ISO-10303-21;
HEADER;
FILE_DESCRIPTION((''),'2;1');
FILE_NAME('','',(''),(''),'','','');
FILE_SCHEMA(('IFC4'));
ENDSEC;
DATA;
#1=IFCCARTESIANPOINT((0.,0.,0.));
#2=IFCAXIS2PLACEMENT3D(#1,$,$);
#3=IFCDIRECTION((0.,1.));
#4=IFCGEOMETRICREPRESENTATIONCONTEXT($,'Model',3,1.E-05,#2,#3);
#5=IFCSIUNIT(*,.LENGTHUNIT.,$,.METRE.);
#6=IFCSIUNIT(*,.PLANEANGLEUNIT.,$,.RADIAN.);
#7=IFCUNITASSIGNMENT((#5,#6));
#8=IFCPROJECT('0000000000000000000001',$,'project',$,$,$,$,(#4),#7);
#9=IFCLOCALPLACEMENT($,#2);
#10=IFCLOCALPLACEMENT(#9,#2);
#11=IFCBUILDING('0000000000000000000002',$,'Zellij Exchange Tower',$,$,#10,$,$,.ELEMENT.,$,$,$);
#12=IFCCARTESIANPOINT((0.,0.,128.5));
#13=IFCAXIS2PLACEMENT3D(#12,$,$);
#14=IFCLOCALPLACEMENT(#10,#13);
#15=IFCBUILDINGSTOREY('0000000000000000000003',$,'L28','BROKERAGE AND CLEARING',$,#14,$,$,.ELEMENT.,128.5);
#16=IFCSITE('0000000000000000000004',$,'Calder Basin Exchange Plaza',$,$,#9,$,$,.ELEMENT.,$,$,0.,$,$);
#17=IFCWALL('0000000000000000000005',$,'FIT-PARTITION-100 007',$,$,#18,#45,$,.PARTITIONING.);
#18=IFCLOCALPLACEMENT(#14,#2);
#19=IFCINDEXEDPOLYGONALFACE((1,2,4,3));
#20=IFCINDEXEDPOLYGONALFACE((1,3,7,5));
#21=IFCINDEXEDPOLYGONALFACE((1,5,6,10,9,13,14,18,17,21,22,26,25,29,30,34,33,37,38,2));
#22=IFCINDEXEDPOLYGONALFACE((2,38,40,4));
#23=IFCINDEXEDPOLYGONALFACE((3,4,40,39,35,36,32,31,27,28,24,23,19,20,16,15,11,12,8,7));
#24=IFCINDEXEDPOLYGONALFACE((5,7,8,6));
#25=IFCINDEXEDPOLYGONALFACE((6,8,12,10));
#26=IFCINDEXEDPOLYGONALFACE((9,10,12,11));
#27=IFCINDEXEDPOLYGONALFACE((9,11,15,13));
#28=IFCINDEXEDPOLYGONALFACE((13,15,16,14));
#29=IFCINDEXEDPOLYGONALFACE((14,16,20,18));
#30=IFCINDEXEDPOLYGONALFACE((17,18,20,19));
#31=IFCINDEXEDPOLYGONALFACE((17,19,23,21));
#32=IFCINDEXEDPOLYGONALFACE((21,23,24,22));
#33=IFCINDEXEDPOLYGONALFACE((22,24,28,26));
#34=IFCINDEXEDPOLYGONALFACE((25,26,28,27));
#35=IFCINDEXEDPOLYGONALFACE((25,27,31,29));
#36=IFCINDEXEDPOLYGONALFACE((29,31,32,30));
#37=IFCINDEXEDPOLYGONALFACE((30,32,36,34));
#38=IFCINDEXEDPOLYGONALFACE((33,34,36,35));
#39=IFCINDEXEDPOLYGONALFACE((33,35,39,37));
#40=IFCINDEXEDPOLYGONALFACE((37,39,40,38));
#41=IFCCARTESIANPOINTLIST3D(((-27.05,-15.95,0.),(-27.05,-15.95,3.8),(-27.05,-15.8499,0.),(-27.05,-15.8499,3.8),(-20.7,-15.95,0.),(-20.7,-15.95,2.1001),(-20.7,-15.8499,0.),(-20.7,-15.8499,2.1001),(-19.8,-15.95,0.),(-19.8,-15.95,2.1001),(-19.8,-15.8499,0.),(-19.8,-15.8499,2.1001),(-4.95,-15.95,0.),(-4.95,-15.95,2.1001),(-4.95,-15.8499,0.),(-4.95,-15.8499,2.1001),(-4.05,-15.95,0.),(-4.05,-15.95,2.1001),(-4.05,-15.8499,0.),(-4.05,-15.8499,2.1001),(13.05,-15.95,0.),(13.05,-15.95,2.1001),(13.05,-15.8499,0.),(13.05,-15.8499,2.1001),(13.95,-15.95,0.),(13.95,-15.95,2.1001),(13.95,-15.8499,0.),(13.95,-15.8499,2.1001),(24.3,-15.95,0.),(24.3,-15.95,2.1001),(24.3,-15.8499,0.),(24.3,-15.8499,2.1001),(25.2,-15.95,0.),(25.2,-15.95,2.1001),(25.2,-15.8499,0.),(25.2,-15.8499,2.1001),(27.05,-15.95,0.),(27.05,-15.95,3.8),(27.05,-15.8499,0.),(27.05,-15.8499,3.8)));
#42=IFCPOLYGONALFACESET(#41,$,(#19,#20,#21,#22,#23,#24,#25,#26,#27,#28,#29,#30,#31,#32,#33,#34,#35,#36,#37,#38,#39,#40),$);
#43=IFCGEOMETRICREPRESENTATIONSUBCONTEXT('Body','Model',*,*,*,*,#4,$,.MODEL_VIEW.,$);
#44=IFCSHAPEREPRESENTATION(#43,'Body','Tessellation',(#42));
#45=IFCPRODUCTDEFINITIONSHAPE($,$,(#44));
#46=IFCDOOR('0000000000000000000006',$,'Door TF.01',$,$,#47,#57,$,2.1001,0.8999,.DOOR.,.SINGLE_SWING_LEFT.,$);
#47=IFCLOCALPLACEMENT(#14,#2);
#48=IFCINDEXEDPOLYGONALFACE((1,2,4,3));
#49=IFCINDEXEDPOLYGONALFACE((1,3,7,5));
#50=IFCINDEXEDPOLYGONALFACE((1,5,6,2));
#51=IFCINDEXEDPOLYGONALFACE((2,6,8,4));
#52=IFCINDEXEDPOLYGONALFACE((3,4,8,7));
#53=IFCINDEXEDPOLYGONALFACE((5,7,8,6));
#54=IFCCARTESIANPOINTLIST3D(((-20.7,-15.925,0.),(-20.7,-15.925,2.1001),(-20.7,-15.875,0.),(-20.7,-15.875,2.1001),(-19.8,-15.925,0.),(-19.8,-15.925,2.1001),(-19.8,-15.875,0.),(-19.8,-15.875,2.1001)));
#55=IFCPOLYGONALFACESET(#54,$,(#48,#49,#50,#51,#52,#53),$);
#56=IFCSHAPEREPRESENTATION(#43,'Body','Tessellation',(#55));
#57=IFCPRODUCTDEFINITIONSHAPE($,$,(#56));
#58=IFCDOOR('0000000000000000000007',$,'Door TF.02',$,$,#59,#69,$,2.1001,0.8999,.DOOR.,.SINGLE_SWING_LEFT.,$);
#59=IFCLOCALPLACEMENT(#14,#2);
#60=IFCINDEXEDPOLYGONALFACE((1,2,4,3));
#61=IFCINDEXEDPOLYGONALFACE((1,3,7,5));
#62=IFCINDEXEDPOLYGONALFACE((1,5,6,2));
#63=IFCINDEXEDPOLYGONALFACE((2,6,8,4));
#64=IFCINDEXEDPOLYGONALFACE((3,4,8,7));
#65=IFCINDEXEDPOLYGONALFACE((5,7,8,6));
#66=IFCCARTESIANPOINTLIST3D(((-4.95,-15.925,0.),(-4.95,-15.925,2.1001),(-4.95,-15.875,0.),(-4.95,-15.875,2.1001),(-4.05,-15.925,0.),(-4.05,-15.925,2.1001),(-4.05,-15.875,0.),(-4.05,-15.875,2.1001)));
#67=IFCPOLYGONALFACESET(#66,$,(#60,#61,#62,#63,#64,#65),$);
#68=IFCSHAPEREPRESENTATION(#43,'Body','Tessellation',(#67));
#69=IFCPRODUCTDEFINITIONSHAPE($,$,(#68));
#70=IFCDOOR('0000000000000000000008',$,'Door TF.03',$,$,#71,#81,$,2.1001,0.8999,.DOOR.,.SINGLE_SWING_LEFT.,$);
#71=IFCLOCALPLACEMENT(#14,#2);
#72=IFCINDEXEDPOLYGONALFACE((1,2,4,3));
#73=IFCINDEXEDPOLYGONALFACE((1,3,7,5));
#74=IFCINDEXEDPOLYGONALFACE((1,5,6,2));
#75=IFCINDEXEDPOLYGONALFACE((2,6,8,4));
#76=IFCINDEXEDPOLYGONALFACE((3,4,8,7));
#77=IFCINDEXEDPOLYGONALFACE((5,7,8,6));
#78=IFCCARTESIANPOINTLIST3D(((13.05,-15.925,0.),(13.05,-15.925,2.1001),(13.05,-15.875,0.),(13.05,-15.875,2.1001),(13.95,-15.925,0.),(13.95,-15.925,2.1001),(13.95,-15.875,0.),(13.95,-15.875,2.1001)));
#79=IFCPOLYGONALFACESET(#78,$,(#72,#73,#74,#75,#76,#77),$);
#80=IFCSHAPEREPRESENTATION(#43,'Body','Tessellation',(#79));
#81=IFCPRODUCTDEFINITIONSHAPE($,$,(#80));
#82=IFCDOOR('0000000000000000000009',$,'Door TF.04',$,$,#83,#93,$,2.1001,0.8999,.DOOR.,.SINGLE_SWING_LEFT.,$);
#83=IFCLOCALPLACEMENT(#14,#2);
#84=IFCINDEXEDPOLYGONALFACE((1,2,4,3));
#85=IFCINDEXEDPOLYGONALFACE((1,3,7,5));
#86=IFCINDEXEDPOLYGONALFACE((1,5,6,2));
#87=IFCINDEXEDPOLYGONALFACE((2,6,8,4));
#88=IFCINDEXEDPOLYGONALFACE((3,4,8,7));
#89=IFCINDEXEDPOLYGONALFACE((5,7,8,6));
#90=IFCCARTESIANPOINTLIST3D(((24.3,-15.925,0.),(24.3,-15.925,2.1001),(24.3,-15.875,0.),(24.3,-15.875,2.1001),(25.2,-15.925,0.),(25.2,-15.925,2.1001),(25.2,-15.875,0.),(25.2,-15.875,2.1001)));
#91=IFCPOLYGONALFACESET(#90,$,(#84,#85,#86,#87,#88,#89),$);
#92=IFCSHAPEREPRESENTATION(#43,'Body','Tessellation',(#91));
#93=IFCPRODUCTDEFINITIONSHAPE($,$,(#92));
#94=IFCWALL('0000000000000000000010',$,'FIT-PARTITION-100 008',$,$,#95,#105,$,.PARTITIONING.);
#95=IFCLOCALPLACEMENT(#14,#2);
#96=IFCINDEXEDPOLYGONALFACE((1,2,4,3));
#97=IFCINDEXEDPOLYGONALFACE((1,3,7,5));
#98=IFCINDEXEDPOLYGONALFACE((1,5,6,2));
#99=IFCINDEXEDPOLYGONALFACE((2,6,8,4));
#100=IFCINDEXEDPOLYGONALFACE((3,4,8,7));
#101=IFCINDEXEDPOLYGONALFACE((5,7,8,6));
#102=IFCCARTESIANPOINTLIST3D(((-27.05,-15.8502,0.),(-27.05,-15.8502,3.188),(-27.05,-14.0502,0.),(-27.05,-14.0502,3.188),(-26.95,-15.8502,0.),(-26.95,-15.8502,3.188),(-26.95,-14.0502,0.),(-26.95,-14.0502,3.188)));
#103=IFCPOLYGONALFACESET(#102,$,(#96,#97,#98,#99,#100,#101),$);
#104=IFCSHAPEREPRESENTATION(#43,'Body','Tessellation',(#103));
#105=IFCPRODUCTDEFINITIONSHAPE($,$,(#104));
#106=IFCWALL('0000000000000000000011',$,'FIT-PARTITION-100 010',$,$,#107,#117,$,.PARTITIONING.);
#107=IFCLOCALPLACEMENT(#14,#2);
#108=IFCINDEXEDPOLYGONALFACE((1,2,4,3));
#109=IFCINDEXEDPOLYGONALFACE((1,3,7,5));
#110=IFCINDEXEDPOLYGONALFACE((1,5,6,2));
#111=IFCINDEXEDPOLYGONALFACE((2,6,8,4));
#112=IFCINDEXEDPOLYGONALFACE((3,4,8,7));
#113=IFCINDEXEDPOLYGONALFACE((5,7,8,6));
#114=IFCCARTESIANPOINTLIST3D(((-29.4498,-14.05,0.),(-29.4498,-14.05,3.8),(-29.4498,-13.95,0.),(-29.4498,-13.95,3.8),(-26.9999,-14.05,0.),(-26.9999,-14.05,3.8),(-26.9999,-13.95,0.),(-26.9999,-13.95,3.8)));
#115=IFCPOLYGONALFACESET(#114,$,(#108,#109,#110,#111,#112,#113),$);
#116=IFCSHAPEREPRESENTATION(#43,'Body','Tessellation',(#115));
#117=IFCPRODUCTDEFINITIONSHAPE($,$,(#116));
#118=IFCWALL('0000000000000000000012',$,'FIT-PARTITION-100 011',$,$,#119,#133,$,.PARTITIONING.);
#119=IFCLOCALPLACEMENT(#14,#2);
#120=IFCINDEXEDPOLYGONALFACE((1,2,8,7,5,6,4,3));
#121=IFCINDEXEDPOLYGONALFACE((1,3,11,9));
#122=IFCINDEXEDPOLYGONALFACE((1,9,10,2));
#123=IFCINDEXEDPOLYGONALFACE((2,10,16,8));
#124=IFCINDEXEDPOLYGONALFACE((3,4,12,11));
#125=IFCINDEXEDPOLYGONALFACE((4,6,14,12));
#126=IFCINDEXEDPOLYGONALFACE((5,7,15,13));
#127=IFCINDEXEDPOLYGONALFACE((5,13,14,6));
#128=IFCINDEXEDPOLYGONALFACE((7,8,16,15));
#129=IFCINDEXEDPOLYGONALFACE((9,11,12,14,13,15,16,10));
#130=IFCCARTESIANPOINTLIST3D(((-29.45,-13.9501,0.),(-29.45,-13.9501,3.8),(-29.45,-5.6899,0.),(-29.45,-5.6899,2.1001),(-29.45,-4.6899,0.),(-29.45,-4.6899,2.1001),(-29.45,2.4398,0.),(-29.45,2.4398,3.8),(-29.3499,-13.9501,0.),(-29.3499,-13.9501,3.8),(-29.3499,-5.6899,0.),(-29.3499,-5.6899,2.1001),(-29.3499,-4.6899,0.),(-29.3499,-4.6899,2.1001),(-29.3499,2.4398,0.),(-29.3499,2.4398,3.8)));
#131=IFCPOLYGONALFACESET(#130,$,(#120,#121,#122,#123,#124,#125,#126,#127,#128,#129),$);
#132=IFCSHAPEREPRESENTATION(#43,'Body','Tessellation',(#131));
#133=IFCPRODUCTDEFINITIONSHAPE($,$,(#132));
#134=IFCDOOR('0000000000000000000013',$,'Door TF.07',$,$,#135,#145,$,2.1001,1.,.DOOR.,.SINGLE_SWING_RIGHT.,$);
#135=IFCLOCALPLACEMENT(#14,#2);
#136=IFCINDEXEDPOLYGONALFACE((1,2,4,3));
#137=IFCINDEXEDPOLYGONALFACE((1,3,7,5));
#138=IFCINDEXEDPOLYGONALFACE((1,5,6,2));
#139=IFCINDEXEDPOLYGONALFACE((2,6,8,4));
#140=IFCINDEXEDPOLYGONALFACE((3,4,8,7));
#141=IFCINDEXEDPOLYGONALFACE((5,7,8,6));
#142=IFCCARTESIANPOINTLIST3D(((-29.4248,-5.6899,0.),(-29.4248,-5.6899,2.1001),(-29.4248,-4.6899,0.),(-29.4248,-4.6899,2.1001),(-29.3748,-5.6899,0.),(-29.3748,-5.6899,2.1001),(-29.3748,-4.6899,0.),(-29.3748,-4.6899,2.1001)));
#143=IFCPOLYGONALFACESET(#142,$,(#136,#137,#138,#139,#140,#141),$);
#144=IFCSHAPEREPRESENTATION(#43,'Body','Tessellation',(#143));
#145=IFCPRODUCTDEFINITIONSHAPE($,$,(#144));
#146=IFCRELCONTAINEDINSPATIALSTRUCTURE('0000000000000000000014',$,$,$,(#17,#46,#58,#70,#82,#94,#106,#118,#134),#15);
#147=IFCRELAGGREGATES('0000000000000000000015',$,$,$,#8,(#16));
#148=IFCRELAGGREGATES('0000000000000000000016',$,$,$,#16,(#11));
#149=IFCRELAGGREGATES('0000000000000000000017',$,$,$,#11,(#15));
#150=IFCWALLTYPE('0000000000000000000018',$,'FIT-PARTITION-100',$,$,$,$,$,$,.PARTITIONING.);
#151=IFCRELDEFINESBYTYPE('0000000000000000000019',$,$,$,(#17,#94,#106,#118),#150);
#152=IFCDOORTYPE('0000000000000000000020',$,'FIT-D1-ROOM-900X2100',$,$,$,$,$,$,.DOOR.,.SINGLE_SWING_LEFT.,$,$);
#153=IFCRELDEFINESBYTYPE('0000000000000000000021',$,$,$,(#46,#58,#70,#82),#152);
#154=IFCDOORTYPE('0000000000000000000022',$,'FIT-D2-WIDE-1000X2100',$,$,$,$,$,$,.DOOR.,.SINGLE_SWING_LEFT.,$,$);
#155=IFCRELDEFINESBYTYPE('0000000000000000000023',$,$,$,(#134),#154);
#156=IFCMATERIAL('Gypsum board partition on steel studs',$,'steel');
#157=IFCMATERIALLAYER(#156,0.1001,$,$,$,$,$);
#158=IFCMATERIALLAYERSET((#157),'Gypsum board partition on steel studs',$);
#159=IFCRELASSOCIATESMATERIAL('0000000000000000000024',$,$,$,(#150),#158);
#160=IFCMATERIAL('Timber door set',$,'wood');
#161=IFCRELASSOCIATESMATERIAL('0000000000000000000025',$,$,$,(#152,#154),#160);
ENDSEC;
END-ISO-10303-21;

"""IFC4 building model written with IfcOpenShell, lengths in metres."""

from ifc_helpers import new_model, si_unit, direction, frame, frame_2d, origin, place, context, subcontext, project, spatial, rectangle, extrude, material, layer, layer_set, type_object, element, fill, save


model = new_model("IFC4")

# Units and contexts
model_context = context("Model", 3, precision=1e-05, world=origin(), true_north=direction((0.0, 1.0)))
body_context = subcontext(model_context, "Body", "Model", "MODEL_VIEW")
ifc_project = project(units=[si_unit("LENGTHUNIT", "METRE"), si_unit("PLANEANGLEUNIT", "RADIAN")], contexts=[model_context])

# Site, building, storey
site_placement = place(None, origin())
site = spatial("IfcSite", under=ifc_project, at=site_placement, Name="Calder Basin Exchange Plaza", CompositionType="ELEMENT", RefElevation=0.0)
building_placement = place(site_placement, origin())
building = spatial("IfcBuilding", under=site, at=building_placement, Name="Zellij Exchange Tower", CompositionType="ELEMENT")
storey_placement = place(building_placement, frame((0.0, 0.0, 128.5)))
storey = spatial("IfcBuildingStorey", under=building, at=storey_placement, Name="L28", Description="BROKERAGE AND CLEARING", CompositionType="ELEMENT", Elevation=128.5)

# Wall, openings, doors
ifc_material_1 = material(Name="Gypsum board partition on steel studs", Category="steel")
ifc_layer_1 = layer(ifc_material_1, 0.1001)
ifc_layer_set_1 = layer_set([ifc_layer_1], Name="Gypsum board partition on steel studs")
wall_type_1 = type_object("IfcWallType", Name="FIT-PARTITION-100", PredefinedType="PARTITIONING", material=ifc_layer_set_1)
wall_1_placement = place(storey_placement, frame((-27.05, -15.8999, 0.0), z_axis=(0.0, 0.0, 1.0), x_axis=(1.0, 0.0, 0.0)))
wall_1 = element("IfcWall", 1, at=wall_1_placement, inside=storey, type_object=wall_type_1, Name="FIT-PARTITION-100 007", PredefinedType="PARTITIONING", context=body_context, shape_type="SweptSolid", body=[
    extrude(rectangle(XDim=54.1001, YDim=0.1001, at=frame_2d((27.05, 0.0))), origin(), (0.0, 0.0, 1.0), 3.8),
])
opening_1_placement = place(wall_1_placement, frame((6.3501, 0.0, 0.0)))
opening_1 = element("IfcOpeningElement", 2, at=opening_1_placement, cuts=wall_1, PredefinedType="OPENING", context=body_context, shape_type="SweptSolid", body=[
    extrude(rectangle(XDim=0.8999, YDim=2.1001, at=frame_2d((0.45, 1.05))), frame((0.0, 0.062, 0.0), z_axis=(0.0, -1.0, 0.0), x_axis=(1.0, 0.0, 0.0)), (0.0, 0.0, 1.0), 0.124),
])
opening_2_placement = place(wall_1_placement, frame((22.1001, 0.0, 0.0)))
opening_2 = element("IfcOpeningElement", 3, at=opening_2_placement, cuts=wall_1, PredefinedType="OPENING", context=body_context, shape_type="SweptSolid", body=[
    extrude(rectangle(XDim=0.8999, YDim=2.1001, at=frame_2d((0.45, 1.05))), frame((0.0, 0.062, 0.0), z_axis=(0.0, -1.0, 0.0), x_axis=(1.0, 0.0, 0.0)), (0.0, 0.0, 1.0), 0.124),
])
opening_3_placement = place(wall_1_placement, frame((40.1001, 0.0, 0.0)))
opening_3 = element("IfcOpeningElement", 4, at=opening_3_placement, cuts=wall_1, PredefinedType="OPENING", context=body_context, shape_type="SweptSolid", body=[
    extrude(rectangle(XDim=0.8999, YDim=2.1001, at=frame_2d((0.45, 1.05))), frame((0.0, 0.062, 0.0), z_axis=(0.0, -1.0, 0.0), x_axis=(1.0, 0.0, 0.0)), (0.0, 0.0, 1.0), 0.124),
])
opening_4_placement = place(wall_1_placement, frame((51.3501, 0.0, 0.0)))
opening_4 = element("IfcOpeningElement", 5, at=opening_4_placement, cuts=wall_1, PredefinedType="OPENING", context=body_context, shape_type="SweptSolid", body=[
    extrude(rectangle(XDim=0.8999, YDim=2.1001, at=frame_2d((0.45, 1.05))), frame((0.0, 0.062, 0.0), z_axis=(0.0, -1.0, 0.0), x_axis=(1.0, 0.0, 0.0)), (0.0, 0.0, 1.0), 0.124),
])
ifc_material_2 = material(Name="Timber door set", Category="wood")
door_type_1 = type_object("IfcDoorType", Name="FIT-D1-ROOM-900X2100", OperationType="SINGLE_SWING_LEFT", PredefinedType="DOOR", material=ifc_material_2)
door_1_placement = place(opening_1_placement, origin())
door_1 = element("IfcDoor", 6, at=door_1_placement, inside=storey, type_object=door_type_1, Name="Door TF.01", OperationType="SINGLE_SWING_LEFT", OverallHeight=2.1001, OverallWidth=0.8999, PredefinedType="DOOR", context=body_context, shape_type="SweptSolid", body=[
    extrude(rectangle(XDim=0.8999, YDim=2.1001, at=frame_2d((0.45, 1.05))), frame((0.0, 0.0249, 0.0), z_axis=(0.0, -1.0, 0.0), x_axis=(1.0, 0.0, 0.0)), (0.0, 0.0, 1.0), 0.05),
])
fill(opening_1, door_1)
door_2_placement = place(opening_2_placement, origin())
door_2 = element("IfcDoor", 7, at=door_2_placement, inside=storey, type_object=door_type_1, Name="Door TF.02", OperationType="SINGLE_SWING_LEFT", OverallHeight=2.1001, OverallWidth=0.8999, PredefinedType="DOOR", context=body_context, shape_type="SweptSolid", body=[
    extrude(rectangle(XDim=0.8999, YDim=2.1001, at=frame_2d((0.45, 1.05))), frame((0.0, 0.0249, 0.0), z_axis=(0.0, -1.0, 0.0), x_axis=(1.0, 0.0, 0.0)), (0.0, 0.0, 1.0), 0.05),
])
fill(opening_2, door_2)
door_3_placement = place(opening_3_placement, origin())
door_3 = element("IfcDoor", 8, at=door_3_placement, inside=storey, type_object=door_type_1, Name="Door TF.03", OperationType="SINGLE_SWING_LEFT", OverallHeight=2.1001, OverallWidth=0.8999, PredefinedType="DOOR", context=body_context, shape_type="SweptSolid", body=[
    extrude(rectangle(XDim=0.8999, YDim=2.1001, at=frame_2d((0.45, 1.05))), frame((0.0, 0.0249, 0.0), z_axis=(0.0, -1.0, 0.0), x_axis=(1.0, 0.0, 0.0)), (0.0, 0.0, 1.0), 0.05),
])
fill(opening_3, door_3)
door_4_placement = place(opening_4_placement, origin())
door_4 = element("IfcDoor", 9, at=door_4_placement, inside=storey, type_object=door_type_1, Name="Door TF.04", OperationType="SINGLE_SWING_LEFT", OverallHeight=2.1001, OverallWidth=0.8999, PredefinedType="DOOR", context=body_context, shape_type="SweptSolid", body=[
    extrude(rectangle(XDim=0.8999, YDim=2.1001, at=frame_2d((0.45, 1.05))), frame((0.0, 0.0249, 0.0), z_axis=(0.0, -1.0, 0.0), x_axis=(1.0, 0.0, 0.0)), (0.0, 0.0, 1.0), 0.05),
])
fill(opening_4, door_4)

# Walls
wall_2_placement = place(storey_placement, frame((-27.0, -15.8501, 0.0), z_axis=(0.0, 0.0, 1.0), x_axis=(0.0, 1.0, 0.0)))
element("IfcWall", 10, at=wall_2_placement, inside=storey, type_object=wall_type_1, Name="FIT-PARTITION-100 008", PredefinedType="PARTITIONING", context=body_context, shape_type="SweptSolid", body=[
    extrude(rectangle(XDim=1.8, YDim=0.1001, at=frame_2d((0.8999, 0.0))), origin(), (0.0, 0.0, 1.0), 3.188),
])
wall_3_placement = place(storey_placement, frame((-29.45, -14.0, 0.0), z_axis=(0.0, 0.0, 1.0), x_axis=(1.0, 0.0, 0.0)))
element("IfcWall", 11, at=wall_3_placement, inside=storey, type_object=wall_type_1, Name="FIT-PARTITION-100 010", PredefinedType="PARTITIONING", context=body_context, shape_type="SweptSolid", body=[
    extrude(rectangle(XDim=2.45, YDim=0.1001, at=frame_2d((1.2251, 0.0))), origin(), (0.0, 0.0, 1.0), 3.8),
])

# Wall, opening, door
wall_4_placement = place(storey_placement, frame((-29.3999, -13.95, 0.0), z_axis=(0.0, 0.0, 1.0), x_axis=(0.0, 1.0, 0.0)))
wall_4 = element("IfcWall", 12, at=wall_4_placement, inside=storey, type_object=wall_type_1, Name="FIT-PARTITION-100 011", PredefinedType="PARTITIONING", context=body_context, shape_type="SweptSolid", body=[
    extrude(rectangle(XDim=16.3899, YDim=0.1001, at=frame_2d((8.1948, 0.0))), origin(), (0.0, 0.0, 1.0), 3.8),
])
opening_5_placement = place(wall_4_placement, frame((8.26, 0.0, 0.0)))
opening_5 = element("IfcOpeningElement", 13, at=opening_5_placement, cuts=wall_4, PredefinedType="OPENING", context=body_context, shape_type="SweptSolid", body=[
    extrude(rectangle(XDim=1.0, YDim=2.1001, at=frame_2d((0.5, 1.05))), frame((0.0, 0.062, 0.0), z_axis=(0.0, -1.0, 0.0), x_axis=(1.0, 0.0, 0.0)), (0.0, 0.0, 1.0), 0.124),
])
door_type_2 = type_object("IfcDoorType", Name="FIT-D2-WIDE-1000X2100", OperationType="SINGLE_SWING_LEFT", PredefinedType="DOOR", material=ifc_material_2)
door_5_placement = place(opening_5_placement, origin())
door_5 = element("IfcDoor", 14, at=door_5_placement, inside=storey, type_object=door_type_2, Name="Door TF.07", OperationType="SINGLE_SWING_RIGHT", OverallHeight=2.1001, OverallWidth=1.0, PredefinedType="DOOR", context=body_context, shape_type="SweptSolid", body=[
    extrude(rectangle(XDim=1.0, YDim=2.1001, at=frame_2d((0.5, 1.05))), frame((0.0, 0.0249, 0.0), z_axis=(0.0, -1.0, 0.0), x_axis=(1.0, 0.0, 0.0)), (0.0, 0.0, 1.0), 0.05),
])
fill(opening_5, door_5)

save(model, "model.ifc")
